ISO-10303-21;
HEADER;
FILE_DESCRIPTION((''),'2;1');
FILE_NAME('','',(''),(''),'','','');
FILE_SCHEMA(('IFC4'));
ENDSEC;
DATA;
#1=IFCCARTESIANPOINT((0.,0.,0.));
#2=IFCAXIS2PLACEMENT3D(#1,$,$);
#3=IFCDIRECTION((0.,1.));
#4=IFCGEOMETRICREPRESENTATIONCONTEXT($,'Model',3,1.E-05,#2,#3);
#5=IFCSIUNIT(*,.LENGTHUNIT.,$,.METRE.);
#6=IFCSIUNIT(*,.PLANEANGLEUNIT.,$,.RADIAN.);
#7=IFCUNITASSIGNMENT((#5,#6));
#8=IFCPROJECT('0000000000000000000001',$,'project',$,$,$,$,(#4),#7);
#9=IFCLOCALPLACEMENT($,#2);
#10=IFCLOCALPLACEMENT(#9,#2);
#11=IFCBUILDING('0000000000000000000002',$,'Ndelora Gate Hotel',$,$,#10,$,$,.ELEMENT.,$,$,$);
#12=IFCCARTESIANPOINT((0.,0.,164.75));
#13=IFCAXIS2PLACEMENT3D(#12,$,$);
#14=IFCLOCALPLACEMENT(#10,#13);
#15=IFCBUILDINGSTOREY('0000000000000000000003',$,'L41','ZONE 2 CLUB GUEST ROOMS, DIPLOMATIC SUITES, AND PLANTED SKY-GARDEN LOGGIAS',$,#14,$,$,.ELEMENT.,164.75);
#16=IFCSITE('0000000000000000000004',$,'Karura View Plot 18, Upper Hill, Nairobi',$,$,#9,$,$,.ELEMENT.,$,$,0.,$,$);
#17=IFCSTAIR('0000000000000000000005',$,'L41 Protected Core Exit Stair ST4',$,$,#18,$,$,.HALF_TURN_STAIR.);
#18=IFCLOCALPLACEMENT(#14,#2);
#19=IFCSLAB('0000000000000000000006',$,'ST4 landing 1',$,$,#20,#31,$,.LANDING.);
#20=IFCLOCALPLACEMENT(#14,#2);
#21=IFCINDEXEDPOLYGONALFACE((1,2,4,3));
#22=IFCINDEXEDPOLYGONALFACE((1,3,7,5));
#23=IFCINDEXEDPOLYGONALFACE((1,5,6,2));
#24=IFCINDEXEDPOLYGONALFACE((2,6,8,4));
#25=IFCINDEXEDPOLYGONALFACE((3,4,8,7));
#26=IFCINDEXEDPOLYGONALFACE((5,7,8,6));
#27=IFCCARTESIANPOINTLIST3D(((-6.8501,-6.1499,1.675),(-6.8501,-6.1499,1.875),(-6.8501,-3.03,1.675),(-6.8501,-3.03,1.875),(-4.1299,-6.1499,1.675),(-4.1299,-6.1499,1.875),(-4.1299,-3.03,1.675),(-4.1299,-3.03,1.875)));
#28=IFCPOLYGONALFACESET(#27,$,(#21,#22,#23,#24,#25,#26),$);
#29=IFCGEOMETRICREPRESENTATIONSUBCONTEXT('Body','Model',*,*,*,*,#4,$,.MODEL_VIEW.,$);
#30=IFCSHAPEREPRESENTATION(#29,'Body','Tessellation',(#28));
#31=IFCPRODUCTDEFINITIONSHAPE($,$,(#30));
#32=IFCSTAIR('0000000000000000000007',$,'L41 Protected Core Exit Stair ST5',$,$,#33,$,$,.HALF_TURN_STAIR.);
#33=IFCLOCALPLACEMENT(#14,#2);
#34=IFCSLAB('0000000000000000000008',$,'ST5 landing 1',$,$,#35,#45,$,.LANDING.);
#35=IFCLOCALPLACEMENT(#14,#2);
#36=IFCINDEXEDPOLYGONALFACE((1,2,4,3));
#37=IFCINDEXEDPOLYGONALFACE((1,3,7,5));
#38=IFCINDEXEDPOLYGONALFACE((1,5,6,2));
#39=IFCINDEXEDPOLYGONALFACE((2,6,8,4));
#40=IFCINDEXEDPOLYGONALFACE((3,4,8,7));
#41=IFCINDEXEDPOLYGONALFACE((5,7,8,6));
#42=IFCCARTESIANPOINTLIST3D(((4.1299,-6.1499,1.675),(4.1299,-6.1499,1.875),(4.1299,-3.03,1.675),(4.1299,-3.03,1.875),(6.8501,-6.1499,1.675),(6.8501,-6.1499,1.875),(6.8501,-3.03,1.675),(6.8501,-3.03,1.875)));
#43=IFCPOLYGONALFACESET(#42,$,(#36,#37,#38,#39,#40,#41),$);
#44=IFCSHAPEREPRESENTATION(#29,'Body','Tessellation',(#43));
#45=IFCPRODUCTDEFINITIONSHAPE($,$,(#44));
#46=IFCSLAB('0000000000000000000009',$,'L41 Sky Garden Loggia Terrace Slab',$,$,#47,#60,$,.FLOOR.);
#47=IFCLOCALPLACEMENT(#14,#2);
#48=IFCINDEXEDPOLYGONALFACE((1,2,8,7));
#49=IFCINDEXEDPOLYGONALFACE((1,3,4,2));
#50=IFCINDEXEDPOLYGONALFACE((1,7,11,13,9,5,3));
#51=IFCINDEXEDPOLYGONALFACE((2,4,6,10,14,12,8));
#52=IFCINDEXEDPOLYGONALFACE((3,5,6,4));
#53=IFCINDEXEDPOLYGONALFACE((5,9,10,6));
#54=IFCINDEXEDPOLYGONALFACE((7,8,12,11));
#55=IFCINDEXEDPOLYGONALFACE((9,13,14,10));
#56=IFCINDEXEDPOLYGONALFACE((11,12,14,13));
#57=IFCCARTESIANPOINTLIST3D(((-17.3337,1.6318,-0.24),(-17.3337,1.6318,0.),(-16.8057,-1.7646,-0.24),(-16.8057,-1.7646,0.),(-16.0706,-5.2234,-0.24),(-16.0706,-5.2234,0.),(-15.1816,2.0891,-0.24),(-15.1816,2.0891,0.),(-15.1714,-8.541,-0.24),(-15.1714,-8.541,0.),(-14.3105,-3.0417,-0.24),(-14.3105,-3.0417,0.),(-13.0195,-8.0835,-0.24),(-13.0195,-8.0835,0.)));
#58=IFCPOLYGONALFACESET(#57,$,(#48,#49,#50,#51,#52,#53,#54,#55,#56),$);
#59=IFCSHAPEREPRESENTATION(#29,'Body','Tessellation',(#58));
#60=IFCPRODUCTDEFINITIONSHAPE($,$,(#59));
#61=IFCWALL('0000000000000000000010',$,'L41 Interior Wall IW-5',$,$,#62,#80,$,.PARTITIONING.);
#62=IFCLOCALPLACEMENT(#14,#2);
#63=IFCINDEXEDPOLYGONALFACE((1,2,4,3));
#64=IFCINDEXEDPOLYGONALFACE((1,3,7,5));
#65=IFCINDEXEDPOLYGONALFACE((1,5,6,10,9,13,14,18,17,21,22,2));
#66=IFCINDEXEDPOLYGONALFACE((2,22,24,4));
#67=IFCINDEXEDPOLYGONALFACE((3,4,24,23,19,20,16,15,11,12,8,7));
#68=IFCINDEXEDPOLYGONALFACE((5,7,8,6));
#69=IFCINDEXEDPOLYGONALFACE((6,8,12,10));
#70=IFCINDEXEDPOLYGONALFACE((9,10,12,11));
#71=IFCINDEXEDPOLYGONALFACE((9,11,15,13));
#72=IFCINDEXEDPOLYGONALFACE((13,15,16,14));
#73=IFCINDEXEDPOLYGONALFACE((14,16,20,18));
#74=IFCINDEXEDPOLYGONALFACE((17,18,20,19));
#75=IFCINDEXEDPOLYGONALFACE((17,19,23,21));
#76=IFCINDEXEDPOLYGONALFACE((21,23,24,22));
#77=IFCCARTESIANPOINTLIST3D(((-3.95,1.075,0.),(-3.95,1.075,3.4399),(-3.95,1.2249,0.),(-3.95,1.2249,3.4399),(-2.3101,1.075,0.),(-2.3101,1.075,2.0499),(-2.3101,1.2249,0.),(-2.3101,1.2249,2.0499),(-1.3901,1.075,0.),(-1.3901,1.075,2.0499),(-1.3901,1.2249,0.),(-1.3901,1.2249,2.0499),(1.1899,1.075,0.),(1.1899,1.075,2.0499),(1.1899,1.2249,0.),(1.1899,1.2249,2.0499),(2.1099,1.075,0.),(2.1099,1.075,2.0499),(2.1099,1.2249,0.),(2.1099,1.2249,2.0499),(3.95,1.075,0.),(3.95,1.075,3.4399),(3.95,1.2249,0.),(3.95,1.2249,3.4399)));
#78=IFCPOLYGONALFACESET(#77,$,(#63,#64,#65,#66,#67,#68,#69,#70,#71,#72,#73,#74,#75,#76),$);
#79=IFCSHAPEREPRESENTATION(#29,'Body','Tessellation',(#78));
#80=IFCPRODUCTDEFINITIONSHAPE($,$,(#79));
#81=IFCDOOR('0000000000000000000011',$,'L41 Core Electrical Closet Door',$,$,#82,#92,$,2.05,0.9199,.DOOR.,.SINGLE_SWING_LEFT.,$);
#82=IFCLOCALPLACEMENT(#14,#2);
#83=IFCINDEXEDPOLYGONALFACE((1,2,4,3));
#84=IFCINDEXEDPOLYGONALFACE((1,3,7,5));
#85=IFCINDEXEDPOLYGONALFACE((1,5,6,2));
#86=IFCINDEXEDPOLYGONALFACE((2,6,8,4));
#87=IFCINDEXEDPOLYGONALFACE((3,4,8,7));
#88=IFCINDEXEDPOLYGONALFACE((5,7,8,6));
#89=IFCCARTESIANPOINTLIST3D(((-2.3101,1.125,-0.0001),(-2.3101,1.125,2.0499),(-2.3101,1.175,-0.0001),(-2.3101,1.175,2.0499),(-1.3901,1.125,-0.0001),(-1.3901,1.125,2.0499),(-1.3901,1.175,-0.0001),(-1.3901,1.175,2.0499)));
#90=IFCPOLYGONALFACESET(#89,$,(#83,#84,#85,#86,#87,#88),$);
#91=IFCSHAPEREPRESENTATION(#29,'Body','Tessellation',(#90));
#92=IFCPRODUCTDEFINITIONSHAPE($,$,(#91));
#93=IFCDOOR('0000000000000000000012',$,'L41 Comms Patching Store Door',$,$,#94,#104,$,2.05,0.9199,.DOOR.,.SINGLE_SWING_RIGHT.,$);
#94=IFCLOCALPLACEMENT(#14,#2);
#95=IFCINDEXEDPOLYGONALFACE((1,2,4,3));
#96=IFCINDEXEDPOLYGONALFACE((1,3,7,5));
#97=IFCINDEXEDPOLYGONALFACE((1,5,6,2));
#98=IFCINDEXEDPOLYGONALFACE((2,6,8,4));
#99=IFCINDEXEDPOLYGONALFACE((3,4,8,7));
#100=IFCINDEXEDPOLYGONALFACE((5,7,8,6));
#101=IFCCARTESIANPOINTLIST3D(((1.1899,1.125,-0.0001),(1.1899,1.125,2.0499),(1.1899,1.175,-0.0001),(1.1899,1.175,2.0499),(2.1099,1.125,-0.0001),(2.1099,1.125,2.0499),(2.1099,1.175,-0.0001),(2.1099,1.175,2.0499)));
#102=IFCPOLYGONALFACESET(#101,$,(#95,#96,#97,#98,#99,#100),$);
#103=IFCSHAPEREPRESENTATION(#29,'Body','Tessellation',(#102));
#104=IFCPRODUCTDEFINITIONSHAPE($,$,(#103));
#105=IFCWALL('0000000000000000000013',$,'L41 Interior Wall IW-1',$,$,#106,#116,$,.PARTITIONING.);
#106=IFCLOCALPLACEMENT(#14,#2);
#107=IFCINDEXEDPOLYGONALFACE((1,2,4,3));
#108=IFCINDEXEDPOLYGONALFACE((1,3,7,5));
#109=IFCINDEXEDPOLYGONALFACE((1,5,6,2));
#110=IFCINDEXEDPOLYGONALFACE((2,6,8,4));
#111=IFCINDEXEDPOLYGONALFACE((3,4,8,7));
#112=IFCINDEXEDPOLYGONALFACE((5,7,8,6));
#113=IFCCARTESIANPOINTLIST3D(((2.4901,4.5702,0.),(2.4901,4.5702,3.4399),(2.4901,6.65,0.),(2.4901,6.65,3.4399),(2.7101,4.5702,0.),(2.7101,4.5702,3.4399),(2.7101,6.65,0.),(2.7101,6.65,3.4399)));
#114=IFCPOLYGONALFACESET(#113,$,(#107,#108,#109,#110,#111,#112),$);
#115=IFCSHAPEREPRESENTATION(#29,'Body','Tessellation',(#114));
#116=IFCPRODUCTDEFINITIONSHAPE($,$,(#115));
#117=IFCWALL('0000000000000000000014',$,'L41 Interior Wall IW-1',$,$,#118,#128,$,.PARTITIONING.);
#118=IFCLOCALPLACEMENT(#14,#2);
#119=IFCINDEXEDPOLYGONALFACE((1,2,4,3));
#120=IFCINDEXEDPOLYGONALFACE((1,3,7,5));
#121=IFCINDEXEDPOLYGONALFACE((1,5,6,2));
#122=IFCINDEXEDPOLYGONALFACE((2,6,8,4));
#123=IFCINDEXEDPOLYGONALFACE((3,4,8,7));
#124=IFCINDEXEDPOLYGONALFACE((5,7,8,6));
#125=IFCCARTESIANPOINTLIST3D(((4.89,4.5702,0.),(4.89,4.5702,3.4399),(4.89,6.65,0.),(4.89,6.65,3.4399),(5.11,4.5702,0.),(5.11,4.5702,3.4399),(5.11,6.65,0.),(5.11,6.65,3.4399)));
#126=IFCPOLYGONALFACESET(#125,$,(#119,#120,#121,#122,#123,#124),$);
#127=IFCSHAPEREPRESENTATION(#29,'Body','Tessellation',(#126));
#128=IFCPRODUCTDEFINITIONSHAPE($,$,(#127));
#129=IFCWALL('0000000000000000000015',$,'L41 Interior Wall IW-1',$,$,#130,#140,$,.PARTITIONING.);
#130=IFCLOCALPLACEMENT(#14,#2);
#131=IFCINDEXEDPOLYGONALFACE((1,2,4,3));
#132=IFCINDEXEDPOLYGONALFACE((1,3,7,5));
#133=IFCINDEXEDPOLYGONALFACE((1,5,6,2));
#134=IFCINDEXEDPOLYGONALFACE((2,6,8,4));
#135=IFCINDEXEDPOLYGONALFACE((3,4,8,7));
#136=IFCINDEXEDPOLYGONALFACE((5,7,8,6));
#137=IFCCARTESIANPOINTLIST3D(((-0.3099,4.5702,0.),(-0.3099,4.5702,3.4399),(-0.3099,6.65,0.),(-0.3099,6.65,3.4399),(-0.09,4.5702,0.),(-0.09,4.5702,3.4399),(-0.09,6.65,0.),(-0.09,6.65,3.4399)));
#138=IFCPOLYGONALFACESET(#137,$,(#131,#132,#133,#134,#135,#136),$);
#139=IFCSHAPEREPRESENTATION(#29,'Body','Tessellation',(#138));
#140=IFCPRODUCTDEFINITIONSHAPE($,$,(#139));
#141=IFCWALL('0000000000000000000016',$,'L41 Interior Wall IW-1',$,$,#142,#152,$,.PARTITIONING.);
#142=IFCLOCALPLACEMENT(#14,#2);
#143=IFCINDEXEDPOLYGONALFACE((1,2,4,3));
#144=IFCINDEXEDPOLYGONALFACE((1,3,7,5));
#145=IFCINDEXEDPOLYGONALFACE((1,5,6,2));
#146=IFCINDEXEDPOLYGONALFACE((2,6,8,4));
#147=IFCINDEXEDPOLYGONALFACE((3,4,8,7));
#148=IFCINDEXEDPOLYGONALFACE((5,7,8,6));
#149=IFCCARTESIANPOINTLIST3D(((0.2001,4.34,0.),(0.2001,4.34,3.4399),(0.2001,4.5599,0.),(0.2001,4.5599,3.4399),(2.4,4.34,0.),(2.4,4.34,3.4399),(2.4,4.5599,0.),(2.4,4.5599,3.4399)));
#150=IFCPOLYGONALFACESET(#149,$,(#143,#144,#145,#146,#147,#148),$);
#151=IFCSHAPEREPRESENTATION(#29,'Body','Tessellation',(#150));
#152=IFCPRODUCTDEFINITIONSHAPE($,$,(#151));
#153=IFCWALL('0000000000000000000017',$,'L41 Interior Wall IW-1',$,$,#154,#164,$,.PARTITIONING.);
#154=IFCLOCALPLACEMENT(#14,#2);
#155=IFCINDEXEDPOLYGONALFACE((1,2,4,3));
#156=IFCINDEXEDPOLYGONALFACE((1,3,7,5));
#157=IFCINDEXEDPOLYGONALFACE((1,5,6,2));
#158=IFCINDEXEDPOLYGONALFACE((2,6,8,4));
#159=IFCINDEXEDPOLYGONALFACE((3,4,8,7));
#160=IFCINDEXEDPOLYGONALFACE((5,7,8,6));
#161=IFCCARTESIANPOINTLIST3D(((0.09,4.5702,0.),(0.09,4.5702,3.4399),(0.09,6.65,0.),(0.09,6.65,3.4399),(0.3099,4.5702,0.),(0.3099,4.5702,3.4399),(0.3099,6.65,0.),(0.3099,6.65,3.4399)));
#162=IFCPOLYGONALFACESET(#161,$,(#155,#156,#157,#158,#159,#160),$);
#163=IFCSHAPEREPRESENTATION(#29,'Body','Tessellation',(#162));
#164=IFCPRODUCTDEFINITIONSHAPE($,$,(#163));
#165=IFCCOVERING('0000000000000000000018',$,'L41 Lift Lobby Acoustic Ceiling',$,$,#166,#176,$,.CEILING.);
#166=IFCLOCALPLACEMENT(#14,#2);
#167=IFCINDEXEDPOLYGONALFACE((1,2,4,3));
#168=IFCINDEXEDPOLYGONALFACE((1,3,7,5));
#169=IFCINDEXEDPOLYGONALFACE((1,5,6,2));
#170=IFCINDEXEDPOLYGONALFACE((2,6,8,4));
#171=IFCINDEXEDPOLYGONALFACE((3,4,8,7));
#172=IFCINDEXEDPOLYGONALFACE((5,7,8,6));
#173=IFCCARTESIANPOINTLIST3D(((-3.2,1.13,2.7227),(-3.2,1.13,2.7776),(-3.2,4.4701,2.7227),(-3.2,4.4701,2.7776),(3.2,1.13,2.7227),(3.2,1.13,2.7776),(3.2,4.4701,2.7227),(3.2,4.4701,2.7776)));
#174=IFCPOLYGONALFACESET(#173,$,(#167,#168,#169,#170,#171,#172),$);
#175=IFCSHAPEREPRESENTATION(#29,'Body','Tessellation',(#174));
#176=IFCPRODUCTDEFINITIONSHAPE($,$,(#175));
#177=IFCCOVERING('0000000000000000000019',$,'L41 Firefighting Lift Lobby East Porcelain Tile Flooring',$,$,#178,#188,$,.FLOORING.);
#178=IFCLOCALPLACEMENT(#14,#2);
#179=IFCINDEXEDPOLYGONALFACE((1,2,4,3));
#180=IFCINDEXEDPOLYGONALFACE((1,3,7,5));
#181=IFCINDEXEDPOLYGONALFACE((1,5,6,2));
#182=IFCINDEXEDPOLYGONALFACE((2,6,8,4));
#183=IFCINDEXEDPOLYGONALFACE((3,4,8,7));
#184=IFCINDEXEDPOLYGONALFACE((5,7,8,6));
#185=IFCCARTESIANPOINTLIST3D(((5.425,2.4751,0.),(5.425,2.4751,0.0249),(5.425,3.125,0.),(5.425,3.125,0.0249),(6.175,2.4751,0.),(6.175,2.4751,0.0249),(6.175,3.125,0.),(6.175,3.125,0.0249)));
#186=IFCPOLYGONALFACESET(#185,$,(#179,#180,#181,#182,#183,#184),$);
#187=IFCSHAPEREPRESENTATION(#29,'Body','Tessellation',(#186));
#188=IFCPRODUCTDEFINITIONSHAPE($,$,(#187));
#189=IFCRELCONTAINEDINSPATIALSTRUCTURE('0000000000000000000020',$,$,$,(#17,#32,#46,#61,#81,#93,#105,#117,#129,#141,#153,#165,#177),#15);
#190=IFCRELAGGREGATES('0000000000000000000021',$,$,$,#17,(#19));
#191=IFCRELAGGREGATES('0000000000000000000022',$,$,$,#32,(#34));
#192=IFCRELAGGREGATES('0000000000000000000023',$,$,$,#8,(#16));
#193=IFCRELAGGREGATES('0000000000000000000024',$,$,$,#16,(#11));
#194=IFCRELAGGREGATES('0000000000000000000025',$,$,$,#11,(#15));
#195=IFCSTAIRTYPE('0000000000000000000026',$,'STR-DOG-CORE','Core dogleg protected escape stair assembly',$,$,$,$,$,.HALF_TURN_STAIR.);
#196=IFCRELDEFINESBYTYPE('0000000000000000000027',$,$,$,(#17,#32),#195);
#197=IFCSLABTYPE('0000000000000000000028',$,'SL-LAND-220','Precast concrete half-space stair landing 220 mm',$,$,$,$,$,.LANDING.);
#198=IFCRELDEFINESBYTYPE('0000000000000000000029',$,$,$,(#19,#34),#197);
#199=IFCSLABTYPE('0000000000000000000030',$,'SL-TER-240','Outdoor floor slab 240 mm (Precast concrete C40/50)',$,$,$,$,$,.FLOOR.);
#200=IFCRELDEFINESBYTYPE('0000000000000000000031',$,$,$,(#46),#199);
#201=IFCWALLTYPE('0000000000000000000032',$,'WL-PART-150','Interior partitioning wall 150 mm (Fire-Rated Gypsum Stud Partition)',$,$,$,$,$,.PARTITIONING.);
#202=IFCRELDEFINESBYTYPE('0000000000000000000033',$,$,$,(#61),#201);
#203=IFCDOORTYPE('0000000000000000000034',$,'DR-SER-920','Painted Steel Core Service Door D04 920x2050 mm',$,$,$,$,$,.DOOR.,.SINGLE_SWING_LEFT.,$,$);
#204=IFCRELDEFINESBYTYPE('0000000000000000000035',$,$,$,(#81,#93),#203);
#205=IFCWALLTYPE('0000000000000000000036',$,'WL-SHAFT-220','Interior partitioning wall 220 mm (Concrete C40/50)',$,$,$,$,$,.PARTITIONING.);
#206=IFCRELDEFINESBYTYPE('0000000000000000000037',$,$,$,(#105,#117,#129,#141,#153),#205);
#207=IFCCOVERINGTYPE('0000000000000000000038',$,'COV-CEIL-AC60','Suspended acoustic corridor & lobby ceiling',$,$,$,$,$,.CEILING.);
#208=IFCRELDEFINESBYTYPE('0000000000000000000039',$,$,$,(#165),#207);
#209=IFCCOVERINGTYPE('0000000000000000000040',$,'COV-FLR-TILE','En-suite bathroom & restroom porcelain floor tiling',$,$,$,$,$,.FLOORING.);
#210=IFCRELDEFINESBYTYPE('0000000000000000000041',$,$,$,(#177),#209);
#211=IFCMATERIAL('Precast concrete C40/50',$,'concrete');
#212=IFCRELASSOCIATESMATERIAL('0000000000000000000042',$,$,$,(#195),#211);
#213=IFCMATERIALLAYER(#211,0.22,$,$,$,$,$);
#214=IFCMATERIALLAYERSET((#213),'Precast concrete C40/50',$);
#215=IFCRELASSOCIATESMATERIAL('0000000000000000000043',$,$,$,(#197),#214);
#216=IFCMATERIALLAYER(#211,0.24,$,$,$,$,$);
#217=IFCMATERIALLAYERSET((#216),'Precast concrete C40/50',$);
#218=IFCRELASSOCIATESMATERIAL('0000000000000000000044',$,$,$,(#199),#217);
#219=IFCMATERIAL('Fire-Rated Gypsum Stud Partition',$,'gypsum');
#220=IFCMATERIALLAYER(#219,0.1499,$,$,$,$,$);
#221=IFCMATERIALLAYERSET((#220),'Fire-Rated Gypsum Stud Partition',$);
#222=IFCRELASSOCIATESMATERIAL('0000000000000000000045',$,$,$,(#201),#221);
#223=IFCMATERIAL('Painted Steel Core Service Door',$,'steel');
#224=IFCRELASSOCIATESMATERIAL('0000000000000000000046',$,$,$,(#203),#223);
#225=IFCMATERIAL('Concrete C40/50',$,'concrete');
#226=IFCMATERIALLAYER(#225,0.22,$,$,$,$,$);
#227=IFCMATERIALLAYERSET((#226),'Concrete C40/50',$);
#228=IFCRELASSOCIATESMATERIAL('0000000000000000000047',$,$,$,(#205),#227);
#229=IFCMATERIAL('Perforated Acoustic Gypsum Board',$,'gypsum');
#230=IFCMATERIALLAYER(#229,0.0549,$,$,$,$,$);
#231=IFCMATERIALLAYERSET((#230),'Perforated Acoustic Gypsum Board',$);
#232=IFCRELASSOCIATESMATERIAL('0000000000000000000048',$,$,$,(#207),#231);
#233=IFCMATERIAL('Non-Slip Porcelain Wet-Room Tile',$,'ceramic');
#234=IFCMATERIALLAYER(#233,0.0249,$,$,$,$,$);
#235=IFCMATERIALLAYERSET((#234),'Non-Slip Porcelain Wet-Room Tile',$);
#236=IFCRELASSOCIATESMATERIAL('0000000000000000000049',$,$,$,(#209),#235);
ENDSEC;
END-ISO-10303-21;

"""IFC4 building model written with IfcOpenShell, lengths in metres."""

from ifc_helpers import new_model, si_unit, direction, frame, frame_2d, origin, origin_2d, place, context, subcontext, project, spatial, polyline, rectangle, outline, extrude, material, layer, layer_set, type_object, element, fill, aggregate, save


model = new_model("IFC4")

# Units and contexts
model_context = context("Model", 3, precision=1e-05, world=origin(), true_north=direction((0.0, 1.0)))
body_context = subcontext(model_context, "Body", "Model", "MODEL_VIEW")
ifc_project = project(units=[si_unit("LENGTHUNIT", "METRE"), si_unit("PLANEANGLEUNIT", "RADIAN")], contexts=[model_context])

# Site, building, storey
site_placement = place(None, origin())
site = spatial("IfcSite", under=ifc_project, at=site_placement, Name="Karura View Plot 18, Upper Hill, Nairobi", CompositionType="ELEMENT", RefElevation=0.0)
building_placement = place(site_placement, origin())
building = spatial("IfcBuilding", under=site, at=building_placement, Name="Ndelora Gate Hotel", CompositionType="ELEMENT")
storey_placement = place(building_placement, frame((0.0, 0.0, 164.75)))
storey = spatial("IfcBuildingStorey", under=building, at=storey_placement, Name="L41", Description="ZONE 2 CLUB GUEST ROOMS, DIPLOMATIC SUITES, AND PLANTED SKY-GARDEN LOGGIAS", CompositionType="ELEMENT", Elevation=164.75)

# Stairs, slabs
ifc_material_1 = material(Name="Precast concrete C40/50", Category="concrete")
stair_type = type_object("IfcStairType", Name="STR-DOG-CORE", Description="Core dogleg protected escape stair assembly", PredefinedType="HALF_TURN_STAIR", material=ifc_material_1)
stair_1_placement = place(storey_placement, origin())
stair_1 = element("IfcStair", 1, at=stair_1_placement, inside=storey, type_object=stair_type, Name="L41 Protected Core Exit Stair ST4", PredefinedType="HALF_TURN_STAIR")
ifc_layer_1 = layer(ifc_material_1, 0.22)
ifc_layer_set_1 = layer_set([ifc_layer_1], Name="Precast concrete C40/50")
slab_type_1 = type_object("IfcSlabType", Name="SL-LAND-220", Description="Precast concrete half-space stair landing 220 mm", PredefinedType="LANDING", material=ifc_layer_set_1)
slab_1_placement = place(storey_placement, frame((0.0, 0.0, 1.675)))
slab_1 = element("IfcSlab", 2, at=slab_1_placement, type_object=slab_type_1, Name="ST4 landing 1", PredefinedType="LANDING", context=body_context, shape_type="SweptSolid", body=[
    extrude(outline(polyline([(-6.8501, -3.03), (-6.8501, -6.1499), (-4.1299, -6.1499), (-4.1299, -3.03), (-6.8501, -3.03)])), origin(), (0.0, 0.0, 1.0), 0.2),
])
aggregate(stair_1, [slab_1])
stair_2_placement = place(storey_placement, origin())
stair_2 = element("IfcStair", 3, at=stair_2_placement, inside=storey, type_object=stair_type, Name="L41 Protected Core Exit Stair ST5", PredefinedType="HALF_TURN_STAIR")
slab_2_placement = place(storey_placement, frame((0.0, 0.0, 1.675)))
slab_2 = element("IfcSlab", 4, at=slab_2_placement, type_object=slab_type_1, Name="ST5 landing 1", PredefinedType="LANDING", context=body_context, shape_type="SweptSolid", body=[
    extrude(outline(polyline([(4.1299, -3.03), (4.1299, -6.1499), (6.8501, -6.1499), (6.8501, -3.03), (4.1299, -3.03)])), origin(), (0.0, 0.0, 1.0), 0.2),
])
aggregate(stair_2, [slab_2])

# Slab
ifc_layer_2 = layer(ifc_material_1, 0.24)
ifc_layer_set_2 = layer_set([ifc_layer_2], Name="Precast concrete C40/50")
slab_type_2 = type_object("IfcSlabType", Name="SL-TER-240", Description="Outdoor floor slab 240 mm (Precast concrete C40/50)", PredefinedType="FLOOR", material=ifc_layer_set_2)
slab_3_placement = place(storey_placement, frame((0.0, 0.0, -0.24)))
element("IfcSlab", 5, at=slab_3_placement, inside=storey, type_object=slab_type_2, Name="L41 Sky Garden Loggia Terrace Slab", PredefinedType="FLOOR", context=body_context, shape_type="SweptSolid", body=[
    extrude(outline(polyline([(-15.1816, 2.0891), (-17.3337, 1.6318), (-16.8057, -1.7646), (-16.0706, -5.2234), (-15.1714, -8.541), (-13.0195, -8.0835), (-14.3105, -3.0417), (-15.1816, 2.0891)])), origin(), (0.0, 0.0, 1.0), 0.24),
])

# Shared definitions
ifc_material_2 = material(Name="Concrete C40/50", Category="concrete")

# Wall, openings, doors
ifc_material_3 = material(Name="Fire-Rated Gypsum Stud Partition", Category="gypsum")
ifc_layer_3 = layer(ifc_material_3, 0.1499)
ifc_layer_set_3 = layer_set([ifc_layer_3], Name="Fire-Rated Gypsum Stud Partition")
wall_type_1 = type_object("IfcWallType", Name="WL-PART-150", Description="Interior partitioning wall 150 mm (Fire-Rated Gypsum Stud Partition)", PredefinedType="PARTITIONING", material=ifc_layer_set_3)
wall_1_placement = place(storey_placement, frame((3.95, 1.1499, 0.0), z_axis=(0.0, 0.0, 1.0), x_axis=(-1.0, 0.0, 0.0)))
wall_1 = element("IfcWall", 6, at=wall_1_placement, inside=storey, type_object=wall_type_1, Name="L41 Interior Wall IW-5", PredefinedType="PARTITIONING", context=body_context, shape_type="SweptSolid", body=[
    extrude(rectangle(XDim=7.8999, YDim=0.1499, at=frame_2d((3.95, 0.0))), origin(), (0.0, 0.0, 1.0), 3.4399),
])
opening_1_placement = place(wall_1_placement, frame((5.3401, 0.0, 0.0)))
opening_1 = element("IfcOpeningElement", 7, at=opening_1_placement, cuts=wall_1, PredefinedType="OPENING", context=body_context, shape_type="SweptSolid", body=[
    extrude(rectangle(XDim=0.9199, YDim=2.05, at=frame_2d((0.46, 1.0249))), frame((0.0, 0.085, 0.0), z_axis=(0.0, -1.0, 0.0), x_axis=(1.0, 0.0, 0.0)), (0.0, 0.0, 1.0), 0.1699),
])
opening_2_placement = place(wall_1_placement, frame((1.8401, 0.0, 0.0)))
opening_2 = element("IfcOpeningElement", 8, at=opening_2_placement, cuts=wall_1, PredefinedType="OPENING", context=body_context, shape_type="SweptSolid", body=[
    extrude(rectangle(XDim=0.9199, YDim=2.05, at=frame_2d((0.46, 1.0249))), frame((0.0, 0.085, 0.0), z_axis=(0.0, -1.0, 0.0), x_axis=(1.0, 0.0, 0.0)), (0.0, 0.0, 1.0), 0.1699),
])
ifc_material_4 = material(Name="Painted Steel Core Service Door", Category="steel")
door_type_1 = type_object("IfcDoorType", Name="DR-SER-920", Description="Painted Steel Core Service Door D04 920x2050 mm", OperationType="SINGLE_SWING_LEFT", PredefinedType="DOOR", material=ifc_material_4)
door_1_placement = place(opening_1_placement, origin())
door_1 = element("IfcDoor", 9, at=door_1_placement, inside=storey, type_object=door_type_1, Name="L41 Core Electrical Closet Door", OperationType="SINGLE_SWING_LEFT", OverallHeight=2.05, OverallWidth=0.9199, PredefinedType="DOOR", context=body_context, shape_type="SweptSolid", body=[
    extrude(rectangle(XDim=0.9199, YDim=2.05, at=frame_2d((0.46, 1.0249))), frame((0.0, 0.0249, 0.0), z_axis=(0.0, -1.0, 0.0), x_axis=(1.0, 0.0, 0.0)), (0.0, 0.0, 1.0), 0.05),
])
fill(opening_1, door_1)
door_2_placement = place(opening_2_placement, origin())
door_2 = element("IfcDoor", 10, at=door_2_placement, inside=storey, type_object=door_type_1, Name="L41 Comms Patching Store Door", OperationType="SINGLE_SWING_RIGHT", OverallHeight=2.05, OverallWidth=0.9199, PredefinedType="DOOR", context=body_context, shape_type="SweptSolid", body=[
    extrude(rectangle(XDim=0.9199, YDim=2.05, at=frame_2d((0.46, 1.0249))), frame((0.0, 0.0249, 0.0), z_axis=(0.0, -1.0, 0.0), x_axis=(1.0, 0.0, 0.0)), (0.0, 0.0, 1.0), 0.05),
])
fill(opening_2, door_2)

# Shared definitions
ifc_layer_4 = layer(ifc_material_2, 0.22)
ifc_layer_set_4 = layer_set([ifc_layer_4], Name="Concrete C40/50")
wall_type_2 = type_object("IfcWallType", Name="WL-SHAFT-220", Description="Interior partitioning wall 220 mm (Concrete C40/50)", PredefinedType="PARTITIONING", material=ifc_layer_set_4)

# Walls
for number, where, z_axis, x_axis, name in (
    (11, (2.6001, 4.5701, 0.0), (0.0, 0.0, 1.0), (0.0, 1.0, 0.0), "L41 Interior Wall IW-1"),
    (12, (5.0, 4.5701, 0.0), (0.0, 0.0, 1.0), (0.0, 1.0, 0.0), "L41 Interior Wall IW-1"),
    (13, (-0.2, 4.5701, 0.0), (0.0, 0.0, 1.0), (0.0, 1.0, 0.0), "L41 Interior Wall IW-1"),
):
    element("IfcWall", number, at=place(storey_placement, frame(where, z_axis=z_axis, x_axis=x_axis)), inside=storey, type_object=wall_type_2, Name=name, PredefinedType="PARTITIONING", context=body_context, shape_type="SweptSolid", body=[
        extrude(rectangle(XDim=2.0798, YDim=0.22, at=frame_2d((1.04, 0.0))), origin(), (0.0, 0.0, 1.0), 3.4399),
    ])
wall_2_placement = place(storey_placement, frame((0.2, 4.45, 0.0), z_axis=(0.0, 0.0, 1.0), x_axis=(1.0, 0.0, 0.0)))
element("IfcWall", 14, at=wall_2_placement, inside=storey, type_object=wall_type_2, Name="L41 Interior Wall IW-1", PredefinedType="PARTITIONING", context=body_context, shape_type="SweptSolid", body=[
    extrude(rectangle(XDim=2.2, YDim=0.22, at=frame_2d((1.1001, 0.0))), origin(), (0.0, 0.0, 1.0), 3.4399),
])
wall_3_placement = place(storey_placement, frame((0.2, 4.5701, 0.0), z_axis=(0.0, 0.0, 1.0), x_axis=(0.0, 1.0, 0.0)))
element("IfcWall", 15, at=wall_3_placement, inside=storey, type_object=wall_type_2, Name="L41 Interior Wall IW-1", PredefinedType="PARTITIONING", context=body_context, shape_type="SweptSolid", body=[
    extrude(rectangle(XDim=2.0798, YDim=0.22, at=frame_2d((1.04, 0.0))), origin(), (0.0, 0.0, 1.0), 3.4399),
])

# Coverings
ifc_material_5 = material(Name="Perforated Acoustic Gypsum Board", Category="gypsum")
ifc_layer_5 = layer(ifc_material_5, 0.0549)
ifc_layer_set_5 = layer_set([ifc_layer_5], Name="Perforated Acoustic Gypsum Board")
covering_type_1 = type_object("IfcCoveringType", Name="COV-CEIL-AC60", Description="Suspended acoustic corridor & lobby ceiling", PredefinedType="CEILING", material=ifc_layer_set_5)
covering_placement = place(storey_placement, frame((0.0, 2.8, 2.7227), z_axis=(0.0, 0.0, 1.0), x_axis=(1.0, 0.0, 0.0)))
element("IfcCovering", 16, at=covering_placement, inside=storey, type_object=covering_type_1, Name="L41 Lift Lobby Acoustic Ceiling", PredefinedType="CEILING", context=body_context, shape_type="SweptSolid", body=[
    extrude(rectangle(XDim=6.3999, YDim=3.3401, at=origin_2d()), origin(), (0.0, 0.0, 1.0), 0.0549),
])
ifc_material_6 = material(Name="Non-Slip Porcelain Wet-Room Tile", Category="ceramic")
ifc_layer_6 = layer(ifc_material_6, 0.0249)
ifc_layer_set_6 = layer_set([ifc_layer_6], Name="Non-Slip Porcelain Wet-Room Tile")
covering_type_2 = type_object("IfcCoveringType", Name="COV-FLR-TILE", Description="En-suite bathroom & restroom porcelain floor tiling", PredefinedType="FLOORING", material=ifc_layer_set_6)
for number, where, z_axis, x_axis, name in (
    (17, (5.8, 2.8, 0.0), (0.0, 0.0, 1.0), (1.0, 0.0, 0.0), "L41 Firefighting Lift Lobby East Porcelain Tile Flooring"),
):
    element("IfcCovering", number, at=place(storey_placement, frame(where, z_axis=z_axis, x_axis=x_axis)), inside=storey, type_object=covering_type_2, Name=name, PredefinedType="FLOORING", context=body_context, shape_type="SweptSolid", body=[
        extrude(rectangle(XDim=0.75, YDim=0.6499, at=origin_2d()), origin(), (0.0, 0.0, 1.0), 0.0249),
    ])

save(model, "model.ifc")
